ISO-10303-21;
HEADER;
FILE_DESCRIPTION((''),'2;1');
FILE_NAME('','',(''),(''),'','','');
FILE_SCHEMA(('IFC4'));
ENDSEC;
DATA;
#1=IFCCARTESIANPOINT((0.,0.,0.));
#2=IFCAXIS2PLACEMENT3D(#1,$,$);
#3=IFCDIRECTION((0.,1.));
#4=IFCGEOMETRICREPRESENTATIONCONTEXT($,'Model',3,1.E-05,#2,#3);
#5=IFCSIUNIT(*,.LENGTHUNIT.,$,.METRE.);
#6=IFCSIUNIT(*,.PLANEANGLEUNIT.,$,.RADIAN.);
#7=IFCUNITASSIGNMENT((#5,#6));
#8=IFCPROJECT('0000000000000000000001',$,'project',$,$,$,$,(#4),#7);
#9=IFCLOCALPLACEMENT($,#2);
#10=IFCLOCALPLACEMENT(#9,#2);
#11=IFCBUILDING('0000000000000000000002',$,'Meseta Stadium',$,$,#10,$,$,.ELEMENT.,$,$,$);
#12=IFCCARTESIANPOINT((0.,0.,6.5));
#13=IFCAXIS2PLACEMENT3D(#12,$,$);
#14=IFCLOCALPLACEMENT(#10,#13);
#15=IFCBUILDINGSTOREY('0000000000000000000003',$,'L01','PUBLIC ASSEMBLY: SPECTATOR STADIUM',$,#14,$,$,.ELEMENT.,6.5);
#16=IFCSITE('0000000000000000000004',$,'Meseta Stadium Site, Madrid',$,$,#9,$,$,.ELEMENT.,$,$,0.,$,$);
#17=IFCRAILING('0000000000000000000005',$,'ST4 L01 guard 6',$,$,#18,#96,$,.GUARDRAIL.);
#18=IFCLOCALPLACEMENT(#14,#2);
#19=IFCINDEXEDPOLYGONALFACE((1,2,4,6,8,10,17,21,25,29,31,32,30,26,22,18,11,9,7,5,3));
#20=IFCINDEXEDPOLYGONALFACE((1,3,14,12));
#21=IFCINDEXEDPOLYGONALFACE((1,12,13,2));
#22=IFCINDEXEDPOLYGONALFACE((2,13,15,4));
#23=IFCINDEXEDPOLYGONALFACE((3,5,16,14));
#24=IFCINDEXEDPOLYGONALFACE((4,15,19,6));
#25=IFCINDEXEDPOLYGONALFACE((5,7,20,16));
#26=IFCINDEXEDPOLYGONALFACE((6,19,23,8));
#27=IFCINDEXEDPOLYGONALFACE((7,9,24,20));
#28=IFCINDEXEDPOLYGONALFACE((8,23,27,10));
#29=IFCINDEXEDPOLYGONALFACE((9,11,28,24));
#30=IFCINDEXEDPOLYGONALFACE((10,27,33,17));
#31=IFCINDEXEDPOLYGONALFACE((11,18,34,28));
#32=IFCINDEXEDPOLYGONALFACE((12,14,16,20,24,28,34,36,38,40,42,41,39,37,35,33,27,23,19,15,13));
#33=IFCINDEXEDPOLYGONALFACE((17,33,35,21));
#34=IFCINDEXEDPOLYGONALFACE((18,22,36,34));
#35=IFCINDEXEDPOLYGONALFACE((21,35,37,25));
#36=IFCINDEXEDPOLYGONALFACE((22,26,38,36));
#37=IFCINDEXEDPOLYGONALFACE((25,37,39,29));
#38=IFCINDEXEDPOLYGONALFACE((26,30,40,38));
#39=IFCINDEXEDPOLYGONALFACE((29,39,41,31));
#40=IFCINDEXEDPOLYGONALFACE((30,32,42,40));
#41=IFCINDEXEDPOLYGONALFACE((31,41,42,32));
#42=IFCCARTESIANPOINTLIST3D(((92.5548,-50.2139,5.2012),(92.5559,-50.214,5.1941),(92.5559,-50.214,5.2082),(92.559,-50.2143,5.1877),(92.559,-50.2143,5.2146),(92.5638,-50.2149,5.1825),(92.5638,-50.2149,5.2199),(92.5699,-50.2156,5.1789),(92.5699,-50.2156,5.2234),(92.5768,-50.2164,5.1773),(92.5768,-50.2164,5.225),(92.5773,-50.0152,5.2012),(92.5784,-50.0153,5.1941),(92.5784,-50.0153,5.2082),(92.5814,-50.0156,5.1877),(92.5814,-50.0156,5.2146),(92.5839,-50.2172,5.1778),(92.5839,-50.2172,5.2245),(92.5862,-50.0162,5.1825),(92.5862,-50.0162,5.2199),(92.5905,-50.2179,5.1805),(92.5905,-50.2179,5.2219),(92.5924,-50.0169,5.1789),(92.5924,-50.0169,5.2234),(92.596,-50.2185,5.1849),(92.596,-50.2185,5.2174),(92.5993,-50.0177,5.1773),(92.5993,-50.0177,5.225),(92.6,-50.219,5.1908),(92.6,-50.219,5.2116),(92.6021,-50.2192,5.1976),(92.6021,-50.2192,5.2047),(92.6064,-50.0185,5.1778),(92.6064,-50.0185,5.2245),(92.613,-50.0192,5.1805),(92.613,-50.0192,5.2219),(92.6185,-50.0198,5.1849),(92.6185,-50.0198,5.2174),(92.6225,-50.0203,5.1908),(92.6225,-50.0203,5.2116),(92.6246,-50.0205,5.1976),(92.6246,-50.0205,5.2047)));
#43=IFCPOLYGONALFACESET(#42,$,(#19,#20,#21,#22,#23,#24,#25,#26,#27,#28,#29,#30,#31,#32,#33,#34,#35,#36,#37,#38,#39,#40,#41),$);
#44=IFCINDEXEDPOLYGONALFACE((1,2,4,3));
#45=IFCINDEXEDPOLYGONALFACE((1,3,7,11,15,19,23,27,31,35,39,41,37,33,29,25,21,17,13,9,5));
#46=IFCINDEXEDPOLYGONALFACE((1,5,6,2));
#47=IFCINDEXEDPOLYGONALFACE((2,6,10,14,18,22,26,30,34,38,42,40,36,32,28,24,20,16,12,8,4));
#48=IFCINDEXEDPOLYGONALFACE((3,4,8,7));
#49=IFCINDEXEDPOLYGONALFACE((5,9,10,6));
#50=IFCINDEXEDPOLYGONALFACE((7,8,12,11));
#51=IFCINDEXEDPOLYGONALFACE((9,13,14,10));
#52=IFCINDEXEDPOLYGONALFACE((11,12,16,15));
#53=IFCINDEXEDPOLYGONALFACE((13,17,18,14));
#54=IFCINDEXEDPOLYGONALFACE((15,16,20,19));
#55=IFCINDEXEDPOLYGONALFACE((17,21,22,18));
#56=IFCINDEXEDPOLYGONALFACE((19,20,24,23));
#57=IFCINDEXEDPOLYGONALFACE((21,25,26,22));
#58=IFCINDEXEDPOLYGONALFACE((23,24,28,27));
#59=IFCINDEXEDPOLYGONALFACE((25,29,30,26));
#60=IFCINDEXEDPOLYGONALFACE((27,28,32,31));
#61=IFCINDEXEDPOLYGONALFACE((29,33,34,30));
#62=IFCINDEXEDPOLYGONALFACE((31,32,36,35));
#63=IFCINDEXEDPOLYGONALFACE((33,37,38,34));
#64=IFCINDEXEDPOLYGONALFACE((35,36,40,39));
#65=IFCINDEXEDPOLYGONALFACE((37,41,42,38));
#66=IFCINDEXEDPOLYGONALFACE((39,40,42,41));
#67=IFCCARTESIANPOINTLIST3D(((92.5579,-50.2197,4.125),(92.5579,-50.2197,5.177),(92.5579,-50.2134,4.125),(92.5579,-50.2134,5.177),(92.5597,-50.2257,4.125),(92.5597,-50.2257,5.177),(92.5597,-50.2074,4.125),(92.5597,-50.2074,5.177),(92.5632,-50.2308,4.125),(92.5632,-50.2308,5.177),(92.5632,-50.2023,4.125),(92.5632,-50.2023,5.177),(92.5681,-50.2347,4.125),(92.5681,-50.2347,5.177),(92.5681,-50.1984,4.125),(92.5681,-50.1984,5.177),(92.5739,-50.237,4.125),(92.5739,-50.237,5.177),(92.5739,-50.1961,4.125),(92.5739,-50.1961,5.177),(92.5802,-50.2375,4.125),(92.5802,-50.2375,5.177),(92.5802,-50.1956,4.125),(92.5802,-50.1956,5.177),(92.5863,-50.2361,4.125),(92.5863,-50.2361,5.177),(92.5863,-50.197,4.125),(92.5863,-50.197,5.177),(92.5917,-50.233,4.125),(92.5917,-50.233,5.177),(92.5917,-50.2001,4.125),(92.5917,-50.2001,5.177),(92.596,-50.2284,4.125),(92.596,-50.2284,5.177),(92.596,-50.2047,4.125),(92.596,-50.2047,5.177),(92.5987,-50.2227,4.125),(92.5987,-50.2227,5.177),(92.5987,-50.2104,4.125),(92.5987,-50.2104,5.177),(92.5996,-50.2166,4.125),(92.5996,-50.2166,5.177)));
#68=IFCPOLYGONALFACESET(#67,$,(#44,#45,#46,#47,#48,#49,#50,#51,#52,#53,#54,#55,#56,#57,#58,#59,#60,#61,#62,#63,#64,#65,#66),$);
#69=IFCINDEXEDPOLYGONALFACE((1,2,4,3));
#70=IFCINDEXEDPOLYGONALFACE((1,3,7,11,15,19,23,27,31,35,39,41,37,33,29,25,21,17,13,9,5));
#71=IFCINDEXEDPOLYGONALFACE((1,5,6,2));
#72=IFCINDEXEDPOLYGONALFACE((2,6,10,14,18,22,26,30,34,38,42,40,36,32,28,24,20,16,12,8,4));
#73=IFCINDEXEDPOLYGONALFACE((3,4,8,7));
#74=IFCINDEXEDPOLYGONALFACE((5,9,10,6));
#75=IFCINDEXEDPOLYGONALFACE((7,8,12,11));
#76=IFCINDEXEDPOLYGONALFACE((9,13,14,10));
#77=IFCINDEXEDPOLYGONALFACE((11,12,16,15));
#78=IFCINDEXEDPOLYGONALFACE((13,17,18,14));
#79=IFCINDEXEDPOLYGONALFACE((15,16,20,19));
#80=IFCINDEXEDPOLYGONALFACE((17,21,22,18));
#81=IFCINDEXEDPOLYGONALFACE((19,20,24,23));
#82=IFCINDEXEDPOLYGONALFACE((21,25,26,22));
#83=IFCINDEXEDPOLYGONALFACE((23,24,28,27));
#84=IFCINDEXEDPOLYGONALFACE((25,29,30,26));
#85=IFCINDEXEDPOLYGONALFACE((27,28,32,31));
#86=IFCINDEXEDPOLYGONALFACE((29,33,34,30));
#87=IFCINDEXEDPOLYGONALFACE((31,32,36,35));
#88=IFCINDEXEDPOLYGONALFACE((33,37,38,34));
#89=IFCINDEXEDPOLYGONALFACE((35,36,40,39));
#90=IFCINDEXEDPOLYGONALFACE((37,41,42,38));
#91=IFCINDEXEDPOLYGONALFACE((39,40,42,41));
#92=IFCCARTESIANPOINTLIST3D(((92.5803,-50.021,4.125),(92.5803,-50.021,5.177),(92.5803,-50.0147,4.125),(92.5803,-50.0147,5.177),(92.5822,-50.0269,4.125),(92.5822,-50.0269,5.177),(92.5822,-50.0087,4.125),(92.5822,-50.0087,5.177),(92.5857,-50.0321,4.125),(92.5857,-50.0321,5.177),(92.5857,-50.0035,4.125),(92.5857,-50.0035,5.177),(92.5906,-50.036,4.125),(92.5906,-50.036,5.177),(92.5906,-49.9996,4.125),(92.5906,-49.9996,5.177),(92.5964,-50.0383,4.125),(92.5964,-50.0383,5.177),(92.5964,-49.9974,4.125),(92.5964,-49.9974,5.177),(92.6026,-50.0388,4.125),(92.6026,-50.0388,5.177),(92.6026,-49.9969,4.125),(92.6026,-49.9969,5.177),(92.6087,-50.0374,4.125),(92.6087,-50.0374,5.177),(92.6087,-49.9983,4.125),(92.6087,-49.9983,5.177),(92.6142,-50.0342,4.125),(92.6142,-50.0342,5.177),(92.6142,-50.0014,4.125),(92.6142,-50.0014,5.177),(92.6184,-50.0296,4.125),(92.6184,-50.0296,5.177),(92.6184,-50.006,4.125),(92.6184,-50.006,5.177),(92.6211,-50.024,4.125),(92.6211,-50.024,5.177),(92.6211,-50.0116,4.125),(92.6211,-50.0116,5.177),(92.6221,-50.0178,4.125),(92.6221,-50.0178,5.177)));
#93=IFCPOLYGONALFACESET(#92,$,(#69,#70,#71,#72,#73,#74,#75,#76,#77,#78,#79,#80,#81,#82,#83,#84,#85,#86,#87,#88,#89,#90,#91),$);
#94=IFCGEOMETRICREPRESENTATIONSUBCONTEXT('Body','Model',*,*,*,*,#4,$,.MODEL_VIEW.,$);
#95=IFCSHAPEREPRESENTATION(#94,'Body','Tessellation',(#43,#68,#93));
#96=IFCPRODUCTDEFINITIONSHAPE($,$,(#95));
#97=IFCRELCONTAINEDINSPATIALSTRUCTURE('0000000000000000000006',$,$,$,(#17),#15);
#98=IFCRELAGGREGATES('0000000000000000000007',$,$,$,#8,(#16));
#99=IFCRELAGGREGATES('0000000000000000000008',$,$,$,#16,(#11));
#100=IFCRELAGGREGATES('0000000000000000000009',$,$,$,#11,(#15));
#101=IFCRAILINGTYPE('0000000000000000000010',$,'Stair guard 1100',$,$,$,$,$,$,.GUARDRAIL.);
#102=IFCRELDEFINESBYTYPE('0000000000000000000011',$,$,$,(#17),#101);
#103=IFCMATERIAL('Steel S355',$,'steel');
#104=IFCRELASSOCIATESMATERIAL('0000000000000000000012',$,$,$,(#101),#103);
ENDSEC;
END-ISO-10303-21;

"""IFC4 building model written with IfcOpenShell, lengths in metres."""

from ifc_helpers import new_model, si_unit, direction, frame, origin, origin_2d, place, context, subcontext, project, spatial, circle, extrude, material, type_object, element, save


model = new_model("IFC4")

# Units and contexts
model_context = context("Model", 3, precision=1e-05, world=origin(), true_north=direction((0.0, 1.0)))
body_context = subcontext(model_context, "Body", "Model", "MODEL_VIEW")
ifc_project = project(units=[si_unit("LENGTHUNIT", "METRE"), si_unit("PLANEANGLEUNIT", "RADIAN")], contexts=[model_context])

# Site, building, storey
site_placement = place(None, origin())
site = spatial("IfcSite", under=ifc_project, at=site_placement, Name="Meseta Stadium Site, Madrid", CompositionType="ELEMENT", RefElevation=0.0)
building_placement = place(site_placement, origin())
building = spatial("IfcBuilding", under=site, at=building_placement, Name="Meseta Stadium", CompositionType="ELEMENT")
storey_placement = place(building_placement, frame((0.0, 0.0, 6.5)))
storey = spatial("IfcBuildingStorey", under=building, at=storey_placement, Name="L01", Description="PUBLIC ASSEMBLY: SPECTATOR STADIUM", CompositionType="ELEMENT", Elevation=6.5)

# Railing
ifc_material_1 = material(Name="Steel S355", Category="steel")
railing_type_1 = type_object("IfcRailingType", Name="Stair guard 1100", PredefinedType="GUARDRAIL", material=ifc_material_1)
railing_1_placement = place(storey_placement, frame((92.5786, -50.2166, 4.125)))
element("IfcRailing", 1, at=railing_1_placement, inside=storey, type_object=railing_type_1, Name="ST4 L01 guard 6", PredefinedType="GUARDRAIL", context=body_context, shape_type="SweptSolid", body=[
    extrude(circle(Radius=0.0239, at=origin_2d()), frame((0.0, 0.0, 1.0762), z_axis=(0.112307, 0.993674, 0.0), x_axis=(-0.993674, 0.112307, 0.0)), (0.0, 0.0, 1.0), 0.2),
    extrude(circle(Radius=0.021, at=origin_2d()), origin(), (0.0, 0.0, 1.0), 1.052),
    extrude(circle(Radius=0.021, at=origin_2d()), frame((0.0225, 0.1987, 0.0)), (0.0, 0.0, 1.0), 1.052),
])

save(model, "model.ifc")
